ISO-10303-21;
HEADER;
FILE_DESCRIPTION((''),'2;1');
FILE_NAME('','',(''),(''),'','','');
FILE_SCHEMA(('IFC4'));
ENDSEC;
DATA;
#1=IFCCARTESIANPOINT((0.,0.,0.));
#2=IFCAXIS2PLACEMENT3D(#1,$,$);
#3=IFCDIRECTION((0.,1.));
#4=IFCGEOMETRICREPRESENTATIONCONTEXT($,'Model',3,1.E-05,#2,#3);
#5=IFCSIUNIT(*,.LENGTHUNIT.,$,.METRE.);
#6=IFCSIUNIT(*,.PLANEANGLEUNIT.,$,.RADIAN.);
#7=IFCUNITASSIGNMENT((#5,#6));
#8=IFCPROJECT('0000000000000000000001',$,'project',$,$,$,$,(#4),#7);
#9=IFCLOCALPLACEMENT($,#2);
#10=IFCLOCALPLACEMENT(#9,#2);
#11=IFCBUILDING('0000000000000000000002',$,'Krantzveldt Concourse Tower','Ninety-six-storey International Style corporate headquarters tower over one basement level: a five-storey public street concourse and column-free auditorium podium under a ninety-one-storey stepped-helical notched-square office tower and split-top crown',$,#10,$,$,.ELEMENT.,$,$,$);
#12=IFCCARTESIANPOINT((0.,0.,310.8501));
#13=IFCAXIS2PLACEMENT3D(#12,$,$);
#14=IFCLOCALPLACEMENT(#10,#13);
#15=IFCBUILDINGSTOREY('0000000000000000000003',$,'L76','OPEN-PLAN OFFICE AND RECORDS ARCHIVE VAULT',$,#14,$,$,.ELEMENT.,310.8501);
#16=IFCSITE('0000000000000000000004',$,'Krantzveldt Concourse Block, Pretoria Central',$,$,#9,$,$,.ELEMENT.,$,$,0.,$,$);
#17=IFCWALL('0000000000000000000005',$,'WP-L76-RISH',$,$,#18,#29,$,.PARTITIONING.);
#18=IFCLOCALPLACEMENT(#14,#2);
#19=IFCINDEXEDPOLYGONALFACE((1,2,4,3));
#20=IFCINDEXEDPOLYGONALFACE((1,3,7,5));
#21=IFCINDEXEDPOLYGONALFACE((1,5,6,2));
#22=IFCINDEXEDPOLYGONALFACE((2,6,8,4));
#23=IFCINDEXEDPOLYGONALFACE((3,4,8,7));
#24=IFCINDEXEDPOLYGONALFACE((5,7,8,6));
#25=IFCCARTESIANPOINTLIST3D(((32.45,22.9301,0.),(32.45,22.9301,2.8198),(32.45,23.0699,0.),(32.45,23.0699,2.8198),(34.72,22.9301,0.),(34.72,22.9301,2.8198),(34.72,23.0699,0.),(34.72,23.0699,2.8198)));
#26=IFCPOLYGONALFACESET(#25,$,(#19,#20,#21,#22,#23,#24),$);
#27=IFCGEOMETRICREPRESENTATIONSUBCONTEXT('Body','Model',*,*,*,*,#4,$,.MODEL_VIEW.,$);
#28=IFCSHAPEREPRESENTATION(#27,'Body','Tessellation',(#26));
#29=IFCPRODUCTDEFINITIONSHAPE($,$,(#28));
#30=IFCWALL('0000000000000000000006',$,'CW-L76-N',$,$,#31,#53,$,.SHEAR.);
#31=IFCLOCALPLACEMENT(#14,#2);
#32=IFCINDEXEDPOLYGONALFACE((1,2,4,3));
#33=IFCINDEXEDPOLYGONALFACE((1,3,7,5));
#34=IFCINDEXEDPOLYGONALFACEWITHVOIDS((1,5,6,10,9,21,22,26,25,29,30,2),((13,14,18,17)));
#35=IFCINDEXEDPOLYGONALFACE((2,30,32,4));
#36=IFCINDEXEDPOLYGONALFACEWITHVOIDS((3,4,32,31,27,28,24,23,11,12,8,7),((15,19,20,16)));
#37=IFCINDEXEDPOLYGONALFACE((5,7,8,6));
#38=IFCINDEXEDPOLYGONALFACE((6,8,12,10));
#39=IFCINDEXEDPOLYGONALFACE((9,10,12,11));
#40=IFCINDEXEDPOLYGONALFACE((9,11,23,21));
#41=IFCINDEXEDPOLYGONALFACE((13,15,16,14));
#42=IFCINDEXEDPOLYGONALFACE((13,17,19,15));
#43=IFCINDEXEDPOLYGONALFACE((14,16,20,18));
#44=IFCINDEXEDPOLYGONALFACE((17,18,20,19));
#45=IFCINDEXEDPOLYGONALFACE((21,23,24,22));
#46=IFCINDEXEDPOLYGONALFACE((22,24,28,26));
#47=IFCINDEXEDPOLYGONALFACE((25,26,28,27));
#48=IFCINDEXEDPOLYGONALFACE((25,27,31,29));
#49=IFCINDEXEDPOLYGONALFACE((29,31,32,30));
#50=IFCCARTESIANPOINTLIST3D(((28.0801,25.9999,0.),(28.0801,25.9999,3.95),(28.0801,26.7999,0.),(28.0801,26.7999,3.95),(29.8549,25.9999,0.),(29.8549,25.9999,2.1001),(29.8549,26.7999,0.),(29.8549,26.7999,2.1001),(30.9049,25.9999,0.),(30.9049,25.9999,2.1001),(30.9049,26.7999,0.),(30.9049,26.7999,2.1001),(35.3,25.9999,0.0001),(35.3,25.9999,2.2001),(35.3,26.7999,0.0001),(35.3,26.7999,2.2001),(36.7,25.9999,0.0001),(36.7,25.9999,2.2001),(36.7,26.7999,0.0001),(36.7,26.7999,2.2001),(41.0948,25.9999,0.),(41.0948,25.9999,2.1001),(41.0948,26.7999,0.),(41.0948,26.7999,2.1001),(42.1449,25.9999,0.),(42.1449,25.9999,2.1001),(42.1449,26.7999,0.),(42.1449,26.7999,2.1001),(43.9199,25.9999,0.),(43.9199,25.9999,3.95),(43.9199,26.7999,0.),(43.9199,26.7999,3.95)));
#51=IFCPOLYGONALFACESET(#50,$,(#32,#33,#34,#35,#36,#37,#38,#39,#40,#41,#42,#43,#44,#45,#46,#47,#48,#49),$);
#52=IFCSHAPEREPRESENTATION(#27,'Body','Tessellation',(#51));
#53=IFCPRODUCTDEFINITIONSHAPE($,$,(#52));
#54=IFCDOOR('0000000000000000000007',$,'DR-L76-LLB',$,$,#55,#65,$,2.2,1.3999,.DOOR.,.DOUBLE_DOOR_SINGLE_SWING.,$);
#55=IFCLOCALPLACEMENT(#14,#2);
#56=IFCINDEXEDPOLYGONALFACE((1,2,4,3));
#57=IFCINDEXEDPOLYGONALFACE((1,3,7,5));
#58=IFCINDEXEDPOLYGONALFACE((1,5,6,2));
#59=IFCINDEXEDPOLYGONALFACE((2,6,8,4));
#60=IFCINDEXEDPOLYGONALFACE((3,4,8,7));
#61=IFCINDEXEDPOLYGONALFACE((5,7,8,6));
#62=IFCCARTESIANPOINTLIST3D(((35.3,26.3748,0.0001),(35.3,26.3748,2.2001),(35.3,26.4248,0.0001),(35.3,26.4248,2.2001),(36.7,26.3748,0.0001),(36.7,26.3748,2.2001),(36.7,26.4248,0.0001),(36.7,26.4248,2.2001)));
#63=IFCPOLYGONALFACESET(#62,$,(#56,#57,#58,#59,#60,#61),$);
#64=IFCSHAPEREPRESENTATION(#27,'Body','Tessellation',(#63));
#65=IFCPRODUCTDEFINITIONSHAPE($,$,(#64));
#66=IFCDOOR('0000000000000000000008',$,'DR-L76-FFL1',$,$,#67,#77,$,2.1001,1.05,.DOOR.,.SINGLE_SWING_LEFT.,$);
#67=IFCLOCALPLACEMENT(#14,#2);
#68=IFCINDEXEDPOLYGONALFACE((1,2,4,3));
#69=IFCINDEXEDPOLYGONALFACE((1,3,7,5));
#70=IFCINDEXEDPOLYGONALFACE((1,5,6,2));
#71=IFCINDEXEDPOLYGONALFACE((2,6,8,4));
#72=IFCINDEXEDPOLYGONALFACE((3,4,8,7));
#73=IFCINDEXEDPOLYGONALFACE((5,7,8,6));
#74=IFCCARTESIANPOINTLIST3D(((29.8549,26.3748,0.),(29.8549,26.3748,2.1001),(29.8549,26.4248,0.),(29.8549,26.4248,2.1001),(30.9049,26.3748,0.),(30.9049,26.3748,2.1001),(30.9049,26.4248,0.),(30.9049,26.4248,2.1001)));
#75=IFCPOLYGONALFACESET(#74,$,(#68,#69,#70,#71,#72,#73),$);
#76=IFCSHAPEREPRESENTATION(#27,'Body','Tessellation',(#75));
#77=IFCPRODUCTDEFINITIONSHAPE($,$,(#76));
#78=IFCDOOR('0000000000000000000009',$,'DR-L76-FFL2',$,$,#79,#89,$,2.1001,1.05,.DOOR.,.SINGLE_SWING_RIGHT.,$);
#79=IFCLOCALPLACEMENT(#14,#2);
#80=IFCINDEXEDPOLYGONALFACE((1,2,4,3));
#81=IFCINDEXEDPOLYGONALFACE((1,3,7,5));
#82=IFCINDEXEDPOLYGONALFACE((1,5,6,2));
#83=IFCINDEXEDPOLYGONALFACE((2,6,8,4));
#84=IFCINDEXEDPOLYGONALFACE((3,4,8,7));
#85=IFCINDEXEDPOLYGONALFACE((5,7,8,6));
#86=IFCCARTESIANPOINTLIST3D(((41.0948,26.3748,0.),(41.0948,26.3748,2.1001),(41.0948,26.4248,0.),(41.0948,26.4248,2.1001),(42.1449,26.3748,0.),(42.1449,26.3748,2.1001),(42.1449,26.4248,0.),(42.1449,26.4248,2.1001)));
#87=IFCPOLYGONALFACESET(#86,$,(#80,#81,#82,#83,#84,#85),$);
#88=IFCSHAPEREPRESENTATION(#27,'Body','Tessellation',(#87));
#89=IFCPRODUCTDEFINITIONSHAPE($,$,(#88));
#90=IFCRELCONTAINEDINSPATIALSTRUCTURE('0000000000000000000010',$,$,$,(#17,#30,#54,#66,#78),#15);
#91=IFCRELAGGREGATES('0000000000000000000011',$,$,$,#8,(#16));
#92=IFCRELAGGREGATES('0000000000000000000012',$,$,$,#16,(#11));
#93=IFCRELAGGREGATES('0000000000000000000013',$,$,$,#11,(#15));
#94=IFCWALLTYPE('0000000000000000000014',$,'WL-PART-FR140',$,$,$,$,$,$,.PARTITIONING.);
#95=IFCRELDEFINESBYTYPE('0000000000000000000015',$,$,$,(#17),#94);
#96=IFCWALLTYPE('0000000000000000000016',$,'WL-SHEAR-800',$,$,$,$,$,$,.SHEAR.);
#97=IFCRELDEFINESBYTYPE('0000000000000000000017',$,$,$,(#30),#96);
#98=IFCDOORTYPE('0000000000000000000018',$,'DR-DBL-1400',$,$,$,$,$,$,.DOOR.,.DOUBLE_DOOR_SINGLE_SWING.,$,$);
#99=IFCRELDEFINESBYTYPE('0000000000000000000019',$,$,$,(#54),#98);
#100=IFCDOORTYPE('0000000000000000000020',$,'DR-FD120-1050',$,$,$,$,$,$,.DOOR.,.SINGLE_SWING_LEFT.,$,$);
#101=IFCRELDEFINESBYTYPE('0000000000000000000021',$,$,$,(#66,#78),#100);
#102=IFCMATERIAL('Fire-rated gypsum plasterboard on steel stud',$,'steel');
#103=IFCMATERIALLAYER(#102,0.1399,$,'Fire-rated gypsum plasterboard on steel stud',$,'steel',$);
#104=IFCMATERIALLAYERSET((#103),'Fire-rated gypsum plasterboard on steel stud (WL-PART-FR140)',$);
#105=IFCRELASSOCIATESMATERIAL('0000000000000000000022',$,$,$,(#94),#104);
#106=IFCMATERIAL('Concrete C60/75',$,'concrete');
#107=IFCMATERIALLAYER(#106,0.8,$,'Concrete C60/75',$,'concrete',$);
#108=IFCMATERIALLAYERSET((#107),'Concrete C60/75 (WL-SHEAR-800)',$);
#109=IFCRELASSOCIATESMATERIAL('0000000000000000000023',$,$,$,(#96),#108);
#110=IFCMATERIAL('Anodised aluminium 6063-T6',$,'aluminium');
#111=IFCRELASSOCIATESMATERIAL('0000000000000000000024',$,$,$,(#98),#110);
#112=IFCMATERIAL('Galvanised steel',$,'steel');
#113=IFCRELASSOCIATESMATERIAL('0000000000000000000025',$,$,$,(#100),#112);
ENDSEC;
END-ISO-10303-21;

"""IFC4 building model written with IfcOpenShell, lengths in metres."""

from ifc_helpers import new_model, si_unit, direction, frame, frame_2d, origin, place, context, subcontext, project, spatial, rectangle, extrude, material, layer, layer_set, type_object, element, fill, save


model = new_model("IFC4")

# Units and contexts
model_context = context("Model", 3, precision=1e-05, world=origin(), true_north=direction((0.0, 1.0)))
body_context = subcontext(model_context, "Body", "Model", "MODEL_VIEW")
ifc_project = project(units=[si_unit("LENGTHUNIT", "METRE"), si_unit("PLANEANGLEUNIT", "RADIAN")], contexts=[model_context])

# Site, building, storey
site_placement = place(None, origin())
site = spatial("IfcSite", under=ifc_project, at=site_placement, Name="Krantzveldt Concourse Block, Pretoria Central", CompositionType="ELEMENT", RefElevation=0.0)
building_placement = place(site_placement, origin())
building = spatial("IfcBuilding", under=site, at=building_placement, Name="Krantzveldt Concourse Tower", Description="Ninety-six-storey International Style corporate headquarters tower over one basement level: a five-storey public street concourse and column-free auditorium podium under a ninety-one-storey stepped-helical notched-square office tower and split-top crown", CompositionType="ELEMENT")
storey_placement = place(building_placement, frame((0.0, 0.0, 310.8501)))
storey = spatial("IfcBuildingStorey", under=building, at=storey_placement, Name="L76", Description="OPEN-PLAN OFFICE AND RECORDS ARCHIVE VAULT", CompositionType="ELEMENT", Elevation=310.8501)

# Shared definitions
ifc_material_1 = material(Name="Anodised aluminium 6063-T6", Category="aluminium")

# Shared definitions
ifc_material_2 = material(Name="Fire-rated gypsum plasterboard on steel stud", Category="steel")

# Wall
ifc_layer_1 = layer(ifc_material_2, 0.1399, Name="Fire-rated gypsum plasterboard on steel stud", Category="steel")
ifc_layer_set_1 = layer_set([ifc_layer_1], Name="Fire-rated gypsum plasterboard on steel stud (WL-PART-FR140)")
wall_type_1 = type_object("IfcWallType", Name="WL-PART-FR140", PredefinedType="PARTITIONING", material=ifc_layer_set_1)
wall_1_placement = place(storey_placement, frame((32.45, 23.0, 0.0), z_axis=(0.0, 0.0, 1.0), x_axis=(1.0, 0.0, 0.0)))
element("IfcWall", 1, at=wall_1_placement, inside=storey, type_object=wall_type_1, Name="WP-L76-RISH", PredefinedType="PARTITIONING", context=body_context, shape_type="SweptSolid", body=[
    extrude(rectangle(XDim=2.27, YDim=0.1399, at=frame_2d((1.135, 0.0))), origin(), (0.0, 0.0, 1.0), 2.8198),
])

# Wall, openings, doors
ifc_material_3 = material(Name="Concrete C60/75", Category="concrete")
ifc_layer_2 = layer(ifc_material_3, 0.8, Name="Concrete C60/75", Category="concrete")
ifc_layer_set_2 = layer_set([ifc_layer_2], Name="Concrete C60/75 (WL-SHEAR-800)")
wall_type_2 = type_object("IfcWallType", Name="WL-SHEAR-800", PredefinedType="SHEAR", material=ifc_layer_set_2)
wall_2_placement = place(storey_placement, frame((28.0801, 26.3999, 0.0), z_axis=(0.0, 0.0, 1.0), x_axis=(1.0, 0.0, 0.0)))
wall_2 = element("IfcWall", 2, at=wall_2_placement, inside=storey, type_object=wall_type_2, Name="CW-L76-N", PredefinedType="SHEAR", context=body_context, shape_type="SweptSolid", body=[
    extrude(rectangle(XDim=15.8398, YDim=0.8, at=frame_2d((7.9199, 0.0))), origin(), (0.0, 0.0, 1.0), 3.95),
])
opening_1_placement = place(wall_2_placement, frame((7.22, 0.0, 0.0)))
opening_1 = element("IfcOpeningElement", 3, at=opening_1_placement, cuts=wall_2, PredefinedType="OPENING", context=body_context, shape_type="SweptSolid", body=[
    extrude(rectangle(XDim=1.3999, YDim=2.2, at=frame_2d((0.7, 1.1001))), frame((0.0, 0.4102, 0.0), z_axis=(0.0, -1.0, 0.0), x_axis=(1.0, 0.0, 0.0)), (0.0, 0.0, 1.0), 0.8201),
])
opening_2_placement = place(wall_2_placement, frame((1.7749, 0.0, 0.0)))
opening_2 = element("IfcOpeningElement", 4, at=opening_2_placement, cuts=wall_2, PredefinedType="OPENING", context=body_context, shape_type="SweptSolid", body=[
    extrude(rectangle(XDim=1.05, YDim=2.1001, at=frame_2d((0.5249, 1.05))), frame((0.0, 0.4102, 0.0), z_axis=(0.0, -1.0, 0.0), x_axis=(1.0, 0.0, 0.0)), (0.0, 0.0, 1.0), 0.8201),
])
opening_3_placement = place(wall_2_placement, frame((13.0149, 0.0, 0.0)))
opening_3 = element("IfcOpeningElement", 5, at=opening_3_placement, cuts=wall_2, PredefinedType="OPENING", context=body_context, shape_type="SweptSolid", body=[
    extrude(rectangle(XDim=1.05, YDim=2.1001, at=frame_2d((0.5249, 1.05))), frame((0.0, 0.4102, 0.0), z_axis=(0.0, -1.0, 0.0), x_axis=(1.0, 0.0, 0.0)), (0.0, 0.0, 1.0), 0.8201),
])
door_type_1 = type_object("IfcDoorType", Name="DR-DBL-1400", OperationType="DOUBLE_DOOR_SINGLE_SWING", PredefinedType="DOOR", material=ifc_material_1)
door_1_placement = place(opening_1_placement, origin())
door_1 = element("IfcDoor", 6, at=door_1_placement, inside=storey, type_object=door_type_1, Name="DR-L76-LLB", OperationType="DOUBLE_DOOR_SINGLE_SWING", OverallHeight=2.2, OverallWidth=1.3999, PredefinedType="DOOR", context=body_context, shape_type="SweptSolid", body=[
    extrude(rectangle(XDim=1.3999, YDim=2.2, at=frame_2d((0.7, 1.1001))), frame((0.0, 0.0249, 0.0), z_axis=(0.0, -1.0, 0.0), x_axis=(1.0, 0.0, 0.0)), (0.0, 0.0, 1.0), 0.05),
])
fill(opening_1, door_1)
ifc_material_4 = material(Name="Galvanised steel", Category="steel")
door_type_2 = type_object("IfcDoorType", Name="DR-FD120-1050", OperationType="SINGLE_SWING_LEFT", PredefinedType="DOOR", material=ifc_material_4)
door_2_placement = place(opening_2_placement, origin())
door_2 = element("IfcDoor", 7, at=door_2_placement, inside=storey, type_object=door_type_2, Name="DR-L76-FFL1", OperationType="SINGLE_SWING_LEFT", OverallHeight=2.1001, OverallWidth=1.05, PredefinedType="DOOR", context=body_context, shape_type="SweptSolid", body=[
    extrude(rectangle(XDim=1.05, YDim=2.1001, at=frame_2d((0.5249, 1.05))), frame((0.0, 0.0249, 0.0), z_axis=(0.0, -1.0, 0.0), x_axis=(1.0, 0.0, 0.0)), (0.0, 0.0, 1.0), 0.05),
])
fill(opening_2, door_2)
door_3_placement = place(opening_3_placement, origin())
door_3 = element("IfcDoor", 8, at=door_3_placement, inside=storey, type_object=door_type_2, Name="DR-L76-FFL2", OperationType="SINGLE_SWING_RIGHT", OverallHeight=2.1001, OverallWidth=1.05, PredefinedType="DOOR", context=body_context, shape_type="SweptSolid", body=[
    extrude(rectangle(XDim=1.05, YDim=2.1001, at=frame_2d((0.5249, 1.05))), frame((0.0, 0.0249, 0.0), z_axis=(0.0, -1.0, 0.0), x_axis=(1.0, 0.0, 0.0)), (0.0, 0.0, 1.0), 0.05),
])
fill(opening_3, door_3)

save(model, "model.ifc")
